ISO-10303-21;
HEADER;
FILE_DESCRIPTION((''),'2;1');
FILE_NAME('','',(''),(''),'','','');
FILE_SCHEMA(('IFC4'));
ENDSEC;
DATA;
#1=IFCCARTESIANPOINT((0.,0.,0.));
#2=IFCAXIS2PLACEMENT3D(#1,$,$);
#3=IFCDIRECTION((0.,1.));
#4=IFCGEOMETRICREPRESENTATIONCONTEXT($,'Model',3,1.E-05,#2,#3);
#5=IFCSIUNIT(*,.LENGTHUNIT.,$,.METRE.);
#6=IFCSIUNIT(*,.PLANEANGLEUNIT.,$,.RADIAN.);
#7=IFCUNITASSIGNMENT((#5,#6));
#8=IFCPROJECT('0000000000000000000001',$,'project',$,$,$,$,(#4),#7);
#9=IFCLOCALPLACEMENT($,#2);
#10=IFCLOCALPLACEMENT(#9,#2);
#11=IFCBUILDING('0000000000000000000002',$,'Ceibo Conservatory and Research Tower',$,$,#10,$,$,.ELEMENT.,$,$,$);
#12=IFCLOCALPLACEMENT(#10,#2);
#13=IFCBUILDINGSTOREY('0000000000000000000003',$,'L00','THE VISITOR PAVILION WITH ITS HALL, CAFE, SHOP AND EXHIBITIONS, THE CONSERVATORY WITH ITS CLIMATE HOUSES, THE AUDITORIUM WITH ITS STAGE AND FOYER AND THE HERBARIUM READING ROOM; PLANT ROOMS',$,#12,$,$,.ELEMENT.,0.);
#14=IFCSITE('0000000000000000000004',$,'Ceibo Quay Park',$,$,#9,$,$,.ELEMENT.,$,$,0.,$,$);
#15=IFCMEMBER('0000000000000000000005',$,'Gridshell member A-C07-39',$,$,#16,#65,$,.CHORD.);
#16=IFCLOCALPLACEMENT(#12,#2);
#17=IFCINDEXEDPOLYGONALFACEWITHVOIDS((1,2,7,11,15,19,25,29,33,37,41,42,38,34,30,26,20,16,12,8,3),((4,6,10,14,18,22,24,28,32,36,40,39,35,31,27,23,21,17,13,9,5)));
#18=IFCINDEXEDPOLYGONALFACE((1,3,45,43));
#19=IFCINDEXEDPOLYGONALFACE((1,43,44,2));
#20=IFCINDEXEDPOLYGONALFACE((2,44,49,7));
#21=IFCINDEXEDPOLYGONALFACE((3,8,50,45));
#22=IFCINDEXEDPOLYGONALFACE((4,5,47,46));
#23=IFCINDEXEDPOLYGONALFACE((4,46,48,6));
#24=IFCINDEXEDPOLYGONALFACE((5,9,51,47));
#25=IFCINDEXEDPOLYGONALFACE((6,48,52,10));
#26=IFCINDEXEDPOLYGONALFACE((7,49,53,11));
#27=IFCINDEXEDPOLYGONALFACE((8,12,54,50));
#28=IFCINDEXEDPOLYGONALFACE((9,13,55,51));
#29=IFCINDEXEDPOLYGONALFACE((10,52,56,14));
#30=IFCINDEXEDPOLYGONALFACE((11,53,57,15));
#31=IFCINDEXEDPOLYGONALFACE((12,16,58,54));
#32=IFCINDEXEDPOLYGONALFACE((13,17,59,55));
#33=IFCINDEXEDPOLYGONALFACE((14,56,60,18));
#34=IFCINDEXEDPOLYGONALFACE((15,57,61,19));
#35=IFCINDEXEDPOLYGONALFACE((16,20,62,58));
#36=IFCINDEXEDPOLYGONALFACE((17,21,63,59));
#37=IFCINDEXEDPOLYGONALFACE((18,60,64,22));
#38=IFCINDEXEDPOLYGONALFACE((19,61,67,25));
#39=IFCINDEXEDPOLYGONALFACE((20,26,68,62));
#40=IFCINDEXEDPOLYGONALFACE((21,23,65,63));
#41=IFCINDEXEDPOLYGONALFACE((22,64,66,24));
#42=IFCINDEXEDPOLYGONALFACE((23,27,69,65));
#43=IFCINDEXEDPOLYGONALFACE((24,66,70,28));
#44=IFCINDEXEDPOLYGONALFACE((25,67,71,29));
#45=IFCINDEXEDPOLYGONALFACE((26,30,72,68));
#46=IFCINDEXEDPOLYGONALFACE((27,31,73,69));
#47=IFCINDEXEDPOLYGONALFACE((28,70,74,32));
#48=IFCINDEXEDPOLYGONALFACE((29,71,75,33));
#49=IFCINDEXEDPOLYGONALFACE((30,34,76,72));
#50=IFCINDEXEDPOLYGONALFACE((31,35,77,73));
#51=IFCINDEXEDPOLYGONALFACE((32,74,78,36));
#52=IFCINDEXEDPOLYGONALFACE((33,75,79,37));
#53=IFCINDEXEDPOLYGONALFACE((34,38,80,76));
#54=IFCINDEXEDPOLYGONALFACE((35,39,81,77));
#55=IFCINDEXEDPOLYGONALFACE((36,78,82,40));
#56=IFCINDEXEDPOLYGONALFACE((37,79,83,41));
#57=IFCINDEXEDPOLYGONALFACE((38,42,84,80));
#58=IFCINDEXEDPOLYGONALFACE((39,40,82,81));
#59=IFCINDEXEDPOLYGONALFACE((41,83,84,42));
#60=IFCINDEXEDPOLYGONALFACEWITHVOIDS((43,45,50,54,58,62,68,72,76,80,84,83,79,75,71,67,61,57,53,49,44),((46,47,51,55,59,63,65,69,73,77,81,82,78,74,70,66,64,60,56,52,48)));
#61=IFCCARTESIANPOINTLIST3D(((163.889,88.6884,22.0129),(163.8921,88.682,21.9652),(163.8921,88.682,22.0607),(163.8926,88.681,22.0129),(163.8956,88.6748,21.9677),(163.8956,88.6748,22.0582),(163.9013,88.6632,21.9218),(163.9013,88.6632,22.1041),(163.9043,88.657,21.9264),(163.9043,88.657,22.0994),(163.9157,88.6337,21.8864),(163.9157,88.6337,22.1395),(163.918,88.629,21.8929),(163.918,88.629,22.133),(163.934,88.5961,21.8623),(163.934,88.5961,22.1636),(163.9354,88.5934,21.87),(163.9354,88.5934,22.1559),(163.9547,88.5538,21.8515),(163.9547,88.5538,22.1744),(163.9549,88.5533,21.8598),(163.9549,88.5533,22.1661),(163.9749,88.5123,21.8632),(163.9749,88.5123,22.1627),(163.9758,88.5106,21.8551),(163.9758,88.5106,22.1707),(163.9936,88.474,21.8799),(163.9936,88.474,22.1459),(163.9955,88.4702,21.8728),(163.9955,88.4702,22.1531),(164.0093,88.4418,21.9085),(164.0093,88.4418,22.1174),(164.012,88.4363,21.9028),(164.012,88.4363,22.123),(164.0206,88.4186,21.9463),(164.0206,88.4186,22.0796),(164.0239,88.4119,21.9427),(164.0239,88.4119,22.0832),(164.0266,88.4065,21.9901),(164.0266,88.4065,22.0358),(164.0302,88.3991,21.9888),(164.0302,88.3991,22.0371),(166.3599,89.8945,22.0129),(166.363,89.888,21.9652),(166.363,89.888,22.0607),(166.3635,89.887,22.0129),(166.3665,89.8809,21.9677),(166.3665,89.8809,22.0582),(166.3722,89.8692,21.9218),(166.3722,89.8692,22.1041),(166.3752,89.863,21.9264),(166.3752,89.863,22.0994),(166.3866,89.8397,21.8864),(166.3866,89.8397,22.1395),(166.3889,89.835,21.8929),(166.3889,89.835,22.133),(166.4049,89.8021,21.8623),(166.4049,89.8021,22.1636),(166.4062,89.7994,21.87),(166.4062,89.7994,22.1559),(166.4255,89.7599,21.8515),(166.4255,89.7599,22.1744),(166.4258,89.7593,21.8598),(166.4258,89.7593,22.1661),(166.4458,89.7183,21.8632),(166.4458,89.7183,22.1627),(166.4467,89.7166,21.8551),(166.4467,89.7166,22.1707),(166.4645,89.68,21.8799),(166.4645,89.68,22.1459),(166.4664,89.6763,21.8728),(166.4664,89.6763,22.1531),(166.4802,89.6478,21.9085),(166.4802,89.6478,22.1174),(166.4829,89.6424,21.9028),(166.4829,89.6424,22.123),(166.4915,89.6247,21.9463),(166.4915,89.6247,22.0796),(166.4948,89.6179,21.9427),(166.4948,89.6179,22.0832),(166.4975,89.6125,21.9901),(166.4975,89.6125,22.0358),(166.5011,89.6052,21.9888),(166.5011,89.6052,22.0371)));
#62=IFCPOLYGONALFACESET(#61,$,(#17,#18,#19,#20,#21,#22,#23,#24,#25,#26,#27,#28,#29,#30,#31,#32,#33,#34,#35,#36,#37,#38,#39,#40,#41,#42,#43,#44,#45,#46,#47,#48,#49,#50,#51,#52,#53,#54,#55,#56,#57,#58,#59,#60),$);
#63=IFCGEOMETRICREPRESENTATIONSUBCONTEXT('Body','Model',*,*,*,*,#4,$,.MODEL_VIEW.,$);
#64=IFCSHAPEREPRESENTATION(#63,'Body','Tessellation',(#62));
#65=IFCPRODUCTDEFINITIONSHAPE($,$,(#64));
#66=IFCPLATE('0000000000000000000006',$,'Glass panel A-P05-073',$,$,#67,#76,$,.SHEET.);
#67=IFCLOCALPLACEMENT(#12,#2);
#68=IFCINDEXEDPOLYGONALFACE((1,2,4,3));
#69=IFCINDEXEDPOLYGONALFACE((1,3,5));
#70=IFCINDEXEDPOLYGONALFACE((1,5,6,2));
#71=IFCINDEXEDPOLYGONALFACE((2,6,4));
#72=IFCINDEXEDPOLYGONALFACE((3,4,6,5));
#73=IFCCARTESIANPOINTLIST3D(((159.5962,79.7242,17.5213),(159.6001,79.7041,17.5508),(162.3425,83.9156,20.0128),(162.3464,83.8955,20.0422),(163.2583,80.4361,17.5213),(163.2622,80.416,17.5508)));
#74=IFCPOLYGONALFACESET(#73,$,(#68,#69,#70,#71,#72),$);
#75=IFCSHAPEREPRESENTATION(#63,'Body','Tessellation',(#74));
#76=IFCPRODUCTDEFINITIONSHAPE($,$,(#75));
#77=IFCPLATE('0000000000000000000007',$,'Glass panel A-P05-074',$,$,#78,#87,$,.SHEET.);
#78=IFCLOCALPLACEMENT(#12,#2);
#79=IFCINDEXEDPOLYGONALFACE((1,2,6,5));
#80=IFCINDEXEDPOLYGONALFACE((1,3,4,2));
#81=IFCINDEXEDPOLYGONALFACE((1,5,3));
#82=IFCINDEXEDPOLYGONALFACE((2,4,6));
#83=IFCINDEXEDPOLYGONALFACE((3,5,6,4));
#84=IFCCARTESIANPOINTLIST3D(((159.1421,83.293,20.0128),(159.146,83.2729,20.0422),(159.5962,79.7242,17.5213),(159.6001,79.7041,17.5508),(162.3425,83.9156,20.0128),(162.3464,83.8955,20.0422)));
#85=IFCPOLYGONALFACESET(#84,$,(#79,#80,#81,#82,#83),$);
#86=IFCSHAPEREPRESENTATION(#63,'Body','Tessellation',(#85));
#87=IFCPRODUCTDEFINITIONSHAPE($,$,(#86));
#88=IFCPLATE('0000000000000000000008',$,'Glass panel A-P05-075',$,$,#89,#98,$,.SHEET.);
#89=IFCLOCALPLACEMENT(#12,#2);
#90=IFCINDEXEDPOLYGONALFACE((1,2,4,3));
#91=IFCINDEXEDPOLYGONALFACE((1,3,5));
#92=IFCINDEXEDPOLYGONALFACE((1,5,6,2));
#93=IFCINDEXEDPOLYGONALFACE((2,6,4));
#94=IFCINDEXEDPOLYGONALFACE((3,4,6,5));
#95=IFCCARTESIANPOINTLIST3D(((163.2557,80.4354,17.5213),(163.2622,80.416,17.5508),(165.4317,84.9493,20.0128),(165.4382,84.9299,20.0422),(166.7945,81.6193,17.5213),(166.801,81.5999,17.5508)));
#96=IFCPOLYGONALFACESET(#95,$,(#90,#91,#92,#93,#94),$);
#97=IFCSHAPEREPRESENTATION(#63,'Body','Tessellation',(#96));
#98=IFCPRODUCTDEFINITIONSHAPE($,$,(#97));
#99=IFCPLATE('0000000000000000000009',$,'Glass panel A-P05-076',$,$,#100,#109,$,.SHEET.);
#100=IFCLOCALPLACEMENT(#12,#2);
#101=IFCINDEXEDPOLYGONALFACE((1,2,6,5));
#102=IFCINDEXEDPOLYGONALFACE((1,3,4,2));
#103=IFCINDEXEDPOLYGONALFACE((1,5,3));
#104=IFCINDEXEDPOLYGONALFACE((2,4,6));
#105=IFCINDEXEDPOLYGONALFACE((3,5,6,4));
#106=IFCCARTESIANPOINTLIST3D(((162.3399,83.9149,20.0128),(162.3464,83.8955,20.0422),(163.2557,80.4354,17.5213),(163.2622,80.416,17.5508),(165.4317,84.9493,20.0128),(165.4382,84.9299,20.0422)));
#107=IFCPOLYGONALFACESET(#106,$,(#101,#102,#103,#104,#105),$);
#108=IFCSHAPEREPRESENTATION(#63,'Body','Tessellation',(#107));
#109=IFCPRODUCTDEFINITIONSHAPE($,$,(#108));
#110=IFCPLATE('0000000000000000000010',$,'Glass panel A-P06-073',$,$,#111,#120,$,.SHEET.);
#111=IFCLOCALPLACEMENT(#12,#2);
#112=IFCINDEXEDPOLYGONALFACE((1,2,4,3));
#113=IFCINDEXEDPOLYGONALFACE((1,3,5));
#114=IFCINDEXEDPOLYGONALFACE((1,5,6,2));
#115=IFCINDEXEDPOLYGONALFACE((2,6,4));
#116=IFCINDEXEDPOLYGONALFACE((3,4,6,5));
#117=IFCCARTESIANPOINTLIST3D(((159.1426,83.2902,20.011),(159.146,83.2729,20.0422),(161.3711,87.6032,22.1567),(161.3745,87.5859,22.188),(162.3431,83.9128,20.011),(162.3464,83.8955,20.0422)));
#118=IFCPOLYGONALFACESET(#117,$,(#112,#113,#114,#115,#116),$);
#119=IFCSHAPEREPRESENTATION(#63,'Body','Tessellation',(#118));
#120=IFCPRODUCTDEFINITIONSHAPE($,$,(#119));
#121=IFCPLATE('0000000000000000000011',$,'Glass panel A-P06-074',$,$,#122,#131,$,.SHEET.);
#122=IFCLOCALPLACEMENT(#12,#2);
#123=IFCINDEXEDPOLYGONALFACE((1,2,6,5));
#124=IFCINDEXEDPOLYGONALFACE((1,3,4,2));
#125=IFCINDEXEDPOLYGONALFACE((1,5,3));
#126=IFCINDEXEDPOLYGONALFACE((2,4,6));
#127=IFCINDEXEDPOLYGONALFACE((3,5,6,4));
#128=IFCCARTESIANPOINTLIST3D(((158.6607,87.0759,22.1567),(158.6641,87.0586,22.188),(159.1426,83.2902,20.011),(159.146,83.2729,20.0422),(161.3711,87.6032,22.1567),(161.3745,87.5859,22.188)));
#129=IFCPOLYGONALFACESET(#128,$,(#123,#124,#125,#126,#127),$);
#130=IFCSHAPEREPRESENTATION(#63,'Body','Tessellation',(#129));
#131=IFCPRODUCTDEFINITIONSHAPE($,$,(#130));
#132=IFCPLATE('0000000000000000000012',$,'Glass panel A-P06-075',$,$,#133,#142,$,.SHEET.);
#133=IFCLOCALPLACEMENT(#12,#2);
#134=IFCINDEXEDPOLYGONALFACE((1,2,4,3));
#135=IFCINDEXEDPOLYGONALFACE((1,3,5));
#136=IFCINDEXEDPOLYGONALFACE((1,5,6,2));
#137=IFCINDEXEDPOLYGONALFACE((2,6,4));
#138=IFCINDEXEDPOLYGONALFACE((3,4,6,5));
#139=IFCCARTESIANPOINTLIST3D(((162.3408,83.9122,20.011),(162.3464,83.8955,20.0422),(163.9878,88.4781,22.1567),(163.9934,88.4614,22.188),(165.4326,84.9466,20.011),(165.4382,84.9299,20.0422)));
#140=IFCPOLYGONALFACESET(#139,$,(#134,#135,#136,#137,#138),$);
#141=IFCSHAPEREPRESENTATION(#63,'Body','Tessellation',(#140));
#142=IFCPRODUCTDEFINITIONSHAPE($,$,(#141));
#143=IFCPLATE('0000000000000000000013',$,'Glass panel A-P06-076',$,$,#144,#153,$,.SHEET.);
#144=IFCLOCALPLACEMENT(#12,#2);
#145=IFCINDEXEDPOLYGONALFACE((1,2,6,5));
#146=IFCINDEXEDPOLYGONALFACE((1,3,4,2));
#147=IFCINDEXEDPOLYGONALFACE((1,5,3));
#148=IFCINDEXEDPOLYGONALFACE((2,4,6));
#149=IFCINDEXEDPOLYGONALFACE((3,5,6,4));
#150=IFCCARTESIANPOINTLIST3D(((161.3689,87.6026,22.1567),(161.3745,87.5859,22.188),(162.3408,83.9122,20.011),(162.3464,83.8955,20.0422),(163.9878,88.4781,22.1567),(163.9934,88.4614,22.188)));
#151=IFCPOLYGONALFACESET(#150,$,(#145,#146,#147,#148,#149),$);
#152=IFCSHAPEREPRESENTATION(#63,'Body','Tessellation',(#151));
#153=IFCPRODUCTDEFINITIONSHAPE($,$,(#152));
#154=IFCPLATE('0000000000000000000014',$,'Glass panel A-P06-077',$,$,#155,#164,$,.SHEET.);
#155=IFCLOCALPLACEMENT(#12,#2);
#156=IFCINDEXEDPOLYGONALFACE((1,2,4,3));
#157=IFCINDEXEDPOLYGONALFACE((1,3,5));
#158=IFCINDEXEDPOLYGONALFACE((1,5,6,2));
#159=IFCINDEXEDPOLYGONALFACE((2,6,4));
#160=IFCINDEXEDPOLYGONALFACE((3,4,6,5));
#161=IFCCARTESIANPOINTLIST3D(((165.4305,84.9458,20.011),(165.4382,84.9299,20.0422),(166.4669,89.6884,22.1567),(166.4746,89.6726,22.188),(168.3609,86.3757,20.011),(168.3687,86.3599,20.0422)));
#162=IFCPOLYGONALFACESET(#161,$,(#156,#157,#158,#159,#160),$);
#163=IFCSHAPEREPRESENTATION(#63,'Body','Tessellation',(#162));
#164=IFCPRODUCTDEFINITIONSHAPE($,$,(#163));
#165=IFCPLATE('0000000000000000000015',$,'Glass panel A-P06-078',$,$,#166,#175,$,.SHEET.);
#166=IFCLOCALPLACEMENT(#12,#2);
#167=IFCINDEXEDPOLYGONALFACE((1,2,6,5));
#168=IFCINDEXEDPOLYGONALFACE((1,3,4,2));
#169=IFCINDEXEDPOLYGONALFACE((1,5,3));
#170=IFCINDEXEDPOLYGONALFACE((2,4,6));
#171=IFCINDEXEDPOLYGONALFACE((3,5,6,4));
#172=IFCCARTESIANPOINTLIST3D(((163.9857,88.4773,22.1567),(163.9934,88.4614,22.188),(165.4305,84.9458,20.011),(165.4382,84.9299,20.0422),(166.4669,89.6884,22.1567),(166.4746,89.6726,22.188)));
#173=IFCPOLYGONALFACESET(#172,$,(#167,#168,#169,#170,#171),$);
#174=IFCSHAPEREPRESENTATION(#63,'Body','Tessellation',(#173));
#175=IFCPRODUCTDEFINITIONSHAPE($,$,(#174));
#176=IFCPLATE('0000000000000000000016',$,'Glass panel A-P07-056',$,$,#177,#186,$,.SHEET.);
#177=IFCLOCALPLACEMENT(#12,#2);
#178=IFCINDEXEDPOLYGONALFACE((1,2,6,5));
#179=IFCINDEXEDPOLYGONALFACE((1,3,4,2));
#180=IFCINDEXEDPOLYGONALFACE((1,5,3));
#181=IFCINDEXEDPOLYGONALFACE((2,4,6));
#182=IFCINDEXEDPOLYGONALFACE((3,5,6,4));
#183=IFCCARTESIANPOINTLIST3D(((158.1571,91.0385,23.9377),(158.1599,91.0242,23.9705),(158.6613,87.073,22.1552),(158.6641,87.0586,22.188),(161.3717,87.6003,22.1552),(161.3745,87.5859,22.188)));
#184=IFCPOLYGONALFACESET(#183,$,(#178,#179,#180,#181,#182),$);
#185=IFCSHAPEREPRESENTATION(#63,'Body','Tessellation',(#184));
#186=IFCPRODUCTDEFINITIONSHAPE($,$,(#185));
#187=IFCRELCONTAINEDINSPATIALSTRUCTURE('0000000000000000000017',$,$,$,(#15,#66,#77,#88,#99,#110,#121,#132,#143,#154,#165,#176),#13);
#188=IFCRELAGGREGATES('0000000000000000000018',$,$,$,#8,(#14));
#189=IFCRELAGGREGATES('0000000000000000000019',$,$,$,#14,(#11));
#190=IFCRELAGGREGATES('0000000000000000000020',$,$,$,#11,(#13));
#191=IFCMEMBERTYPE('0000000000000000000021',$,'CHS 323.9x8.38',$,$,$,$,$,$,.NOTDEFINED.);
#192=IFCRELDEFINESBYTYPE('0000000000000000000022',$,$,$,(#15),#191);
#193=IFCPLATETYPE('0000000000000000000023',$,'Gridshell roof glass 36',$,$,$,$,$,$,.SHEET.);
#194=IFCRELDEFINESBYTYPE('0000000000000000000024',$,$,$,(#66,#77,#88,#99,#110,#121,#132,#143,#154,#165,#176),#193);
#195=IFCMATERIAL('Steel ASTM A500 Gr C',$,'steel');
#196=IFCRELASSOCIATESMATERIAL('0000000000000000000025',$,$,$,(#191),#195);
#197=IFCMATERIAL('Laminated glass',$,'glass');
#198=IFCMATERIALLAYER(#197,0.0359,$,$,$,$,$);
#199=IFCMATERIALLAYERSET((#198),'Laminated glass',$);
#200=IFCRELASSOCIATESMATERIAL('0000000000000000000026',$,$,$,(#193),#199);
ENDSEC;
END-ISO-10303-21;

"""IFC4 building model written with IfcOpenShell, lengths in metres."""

from ifc_helpers import new_model, si_unit, direction, frame, origin, origin_2d, place, context, subcontext, project, spatial, polyline, hollow_circle, outline, extrude, material, layer, layer_set, material_profile, profile_set, type_object, element, save


model = new_model("IFC4")

# Units and contexts
model_context = context("Model", 3, precision=1e-05, world=origin(), true_north=direction((0.0, 1.0)))
body_context = subcontext(model_context, "Body", "Model", "MODEL_VIEW")
ifc_project = project(units=[si_unit("LENGTHUNIT", "METRE"), si_unit("PLANEANGLEUNIT", "RADIAN")], contexts=[model_context])

# Site, building, storey
site_placement = place(None, origin())
site = spatial("IfcSite", under=ifc_project, at=site_placement, Name="Ceibo Quay Park", CompositionType="ELEMENT", RefElevation=0.0)
building_placement = place(site_placement, origin())
building = spatial("IfcBuilding", under=site, at=building_placement, Name="Ceibo Conservatory and Research Tower", CompositionType="ELEMENT")
storey_placement = place(building_placement, origin())
storey = spatial("IfcBuildingStorey", under=building, at=storey_placement, Name="L00", Description="THE VISITOR PAVILION WITH ITS HALL, CAFE, SHOP AND EXHIBITIONS, THE CONSERVATORY WITH ITS CLIMATE HOUSES, THE AUDITORIUM WITH ITS STAGE AND FOYER AND THE HERBARIUM READING ROOM; PLANT ROOMS", CompositionType="ELEMENT", Elevation=0.0)

# Member
ifc_material_1 = material(Name="Steel ASTM A500 Gr C", Category="steel")
ifc_material_profile_1 = material_profile(ifc_material_1, hollow_circle(Radius=0.1619, WallThickness=0.0083, at=origin_2d()), Name="CHS 323.9x8.38")
ifc_profile_set_1 = profile_set([ifc_material_profile_1], Name="Steel ASTM A500 Gr C")
member_type_1 = type_object("IfcMemberType", Name="CHS 323.9x8.38", PredefinedType="NOTDEFINED", material=ifc_profile_set_1)
member_1_placement = place(storey_placement, frame((163.96, 88.543, 22.0129), z_axis=(0.898666, 0.438634, 0.0), x_axis=(-0.438634, 0.898666, 0.0)))
element("IfcMember", 1, at=member_1_placement, inside=storey, type_object=member_type_1, Name="Gridshell member A-C07-39", PredefinedType="CHORD", context=body_context, shape_type="SweptSolid", body=[
    extrude(hollow_circle(Radius=0.1619, WallThickness=0.0083, at=origin_2d()), origin(), (0.0, 0.0, 1.0), 2.7495),
])

# Plates
ifc_material_2 = material(Name="Laminated glass", Category="glass")
ifc_layer = layer(ifc_material_2, 0.0359)
ifc_layer_set = layer_set([ifc_layer], Name="Laminated glass")
plate_type = type_object("IfcPlateType", Name="Gridshell roof glass 36", PredefinedType="SHEET", material=ifc_layer_set)
plate_1_placement = place(storey_placement, frame((159.6001, 79.7041, 17.5508), z_axis=(0.108794, -0.559639, 0.821564), x_axis=(0.981624, 0.190828, 0.0)))
element("IfcPlate", 2, at=plate_1_placement, inside=storey, type_object=plate_type, Name="Glass panel A-P05-073", PredefinedType="SHEET", context=body_context, shape_type="SweptSolid", body=[
    extrude(outline(polyline([(0.0, 0.0), (3.7307, 0.0), (3.4957, 4.3701), (0.0, 0.0)])), origin(), (0.0, 0.0, -1.0), 0.0359),
])
plate_2_placement = place(storey_placement, frame((159.6001, 79.7041, 17.5508), z_axis=(0.108869, -0.55967, 0.821534), x_axis=(0.490749, 0.748972, 0.445204)))
element("IfcPlate", 3, at=plate_2_placement, inside=storey, type_object=plate_type, Name="Glass panel A-P05-074", PredefinedType="SHEET", context=body_context, shape_type="SweptSolid", body=[
    extrude(outline(polyline([(0.0, 0.0), (5.5962, 0.0), (3.5593, 2.5459), (0.0, 0.0)])), origin(), (0.0, 0.0, -1.0), 0.0359),
])
plate_3_placement = place(storey_placement, frame((163.2622, 80.416, 17.5508), z_axis=(0.180865, -0.540656, 0.821571), x_axis=(0.948343, 0.317248, 0.0)))
element("IfcPlate", 4, at=plate_3_placement, inside=storey, type_object=plate_type, Name="Glass panel A-P05-075", PredefinedType="SHEET", context=body_context, shape_type="SweptSolid", body=[
    extrude(outline(polyline([(0.0, 0.0), (3.7316, 0.0), (3.4956, 4.3702), (0.0, 0.0)])), origin(), (0.0, 0.0, -1.0), 0.0359),
])
plate_4_placement = place(storey_placement, frame((163.2622, 80.416, 17.5508), z_axis=(0.18089, -0.540662, 0.821561), x_axis=(0.388837, 0.806598, 0.445202)))
element("IfcPlate", 5, at=plate_4_placement, inside=storey, type_object=plate_type, Name="Glass panel A-P05-076", PredefinedType="SHEET", context=body_context, shape_type="SweptSolid", body=[
    extrude(outline(polyline([(0.0, 0.0), (5.5962, 0.0), (3.5597, 2.5459), (0.0, 0.0)])), origin(), (0.0, 0.0, -1.0), 0.0359),
])
plate_5_placement = place(storey_placement, frame((159.146, 83.2729, 20.0422), z_axis=(0.093735, -0.48187, 0.871215), x_axis=(0.981601, 0.190944, 0.0)))
element("IfcPlate", 6, at=plate_5_placement, inside=storey, type_object=plate_type, Name="Glass panel A-P06-073", PredefinedType="SHEET", context=body_context, shape_type="SweptSolid", body=[
    extrude(outline(polyline([(0.0, 0.0), (3.2604, 0.0), (3.0111, 4.371), (0.0, 0.0)])), origin(), (0.0, 0.0, -1.0), 0.0359),
])
plate_6_placement = place(storey_placement, frame((159.146, 83.2729, 20.0422), z_axis=(0.093754, -0.481877, 0.871209), x_axis=(0.419859, 0.81258, 0.404266)))
element("IfcPlate", 7, at=plate_6_placement, inside=storey, type_object=plate_type, Name="Glass panel A-P06-074", PredefinedType="SHEET", context=body_context, shape_type="SweptSolid", body=[
    extrude(outline(polyline([(0.0, 0.0), (5.3078, 0.0), (3.7413, 2.2739), (0.0, 0.0)])), origin(), (0.0, 0.0, -1.0), 0.0359),
])
plate_7_placement = place(storey_placement, frame((162.3464, 83.8955, 20.0422), z_axis=(0.155776, -0.4656, 0.871178), x_axis=(0.948331, 0.317283, 0.0)))
element("IfcPlate", 8, at=plate_7_placement, inside=storey, type_object=plate_type, Name="Glass panel A-P06-075", PredefinedType="SHEET", context=body_context, shape_type="SweptSolid", body=[
    extrude(outline(polyline([(0.0, 0.0), (3.2603, 0.0), (3.0106, 4.3705), (0.0, 0.0)])), origin(), (0.0, 0.0, -1.0), 0.0359),
])
plate_8_placement = place(storey_placement, frame((162.3464, 83.8955, 20.0422), z_axis=(0.155638, -0.465569, 0.871219), x_axis=(0.310339, 0.860356, 0.404324)))
element("IfcPlate", 9, at=plate_8_placement, inside=storey, type_object=plate_type, Name="Glass panel A-P06-076", PredefinedType="SHEET", context=body_context, shape_type="SweptSolid", body=[
    extrude(outline(polyline([(0.0, 0.0), (5.307, 0.0), (3.741, 2.2744), (0.0, 0.0)])), origin(), (0.0, 0.0, -1.0), 0.0359),
])
plate_9_placement = place(storey_placement, frame((165.4382, 84.9299, 20.0422), z_axis=(0.215292, -0.441206, 0.871198), x_axis=(0.898713, 0.438537, 0.0)))
element("IfcPlate", 10, at=plate_9_placement, inside=storey, type_object=plate_type, Name="Glass panel A-P06-077", PredefinedType="SHEET", context=body_context, shape_type="SweptSolid", body=[
    extrude(outline(polyline([(0.0, 0.0), (3.2607, 0.0), (3.0112, 4.3708), (0.0, 0.0)])), origin(), (0.0, 0.0, -1.0), 0.0359),
])
plate_10_placement = place(storey_placement, frame((165.4382, 84.9299, 20.0422), z_axis=(0.215375, -0.441214, 0.871174), x_axis=(0.19526, 0.893552, 0.404274)))
element("IfcPlate", 11, at=plate_10_placement, inside=storey, type_object=plate_type, Name="Glass panel A-P06-078", PredefinedType="SHEET", context=body_context, shape_type="SweptSolid", body=[
    extrude(outline(polyline([(0.0, 0.0), (5.3077, 0.0), (3.7409, 2.2735), (0.0, 0.0)])), origin(), (0.0, 0.0, -1.0), 0.0359),
])
plate_11_placement = place(storey_placement, frame((158.1599, 91.0242, 23.9705), z_axis=(0.077915, -0.400471, 0.912991), x_axis=(0.115185, -0.906026, -0.407246)))
element("IfcPlate", 12, at=plate_11_placement, inside=storey, type_object=plate_type, Name="Glass panel A-P07-056", PredefinedType="SHEET", context=body_context, shape_type="SweptSolid", body=[
    extrude(outline(polyline([(0.0, 0.0), (4.3769, 0.0), (4.2113, 2.7563), (0.0, 0.0)])), origin(), (0.0, 0.0, -1.0), 0.0359),
])

save(model, "model.ifc")
